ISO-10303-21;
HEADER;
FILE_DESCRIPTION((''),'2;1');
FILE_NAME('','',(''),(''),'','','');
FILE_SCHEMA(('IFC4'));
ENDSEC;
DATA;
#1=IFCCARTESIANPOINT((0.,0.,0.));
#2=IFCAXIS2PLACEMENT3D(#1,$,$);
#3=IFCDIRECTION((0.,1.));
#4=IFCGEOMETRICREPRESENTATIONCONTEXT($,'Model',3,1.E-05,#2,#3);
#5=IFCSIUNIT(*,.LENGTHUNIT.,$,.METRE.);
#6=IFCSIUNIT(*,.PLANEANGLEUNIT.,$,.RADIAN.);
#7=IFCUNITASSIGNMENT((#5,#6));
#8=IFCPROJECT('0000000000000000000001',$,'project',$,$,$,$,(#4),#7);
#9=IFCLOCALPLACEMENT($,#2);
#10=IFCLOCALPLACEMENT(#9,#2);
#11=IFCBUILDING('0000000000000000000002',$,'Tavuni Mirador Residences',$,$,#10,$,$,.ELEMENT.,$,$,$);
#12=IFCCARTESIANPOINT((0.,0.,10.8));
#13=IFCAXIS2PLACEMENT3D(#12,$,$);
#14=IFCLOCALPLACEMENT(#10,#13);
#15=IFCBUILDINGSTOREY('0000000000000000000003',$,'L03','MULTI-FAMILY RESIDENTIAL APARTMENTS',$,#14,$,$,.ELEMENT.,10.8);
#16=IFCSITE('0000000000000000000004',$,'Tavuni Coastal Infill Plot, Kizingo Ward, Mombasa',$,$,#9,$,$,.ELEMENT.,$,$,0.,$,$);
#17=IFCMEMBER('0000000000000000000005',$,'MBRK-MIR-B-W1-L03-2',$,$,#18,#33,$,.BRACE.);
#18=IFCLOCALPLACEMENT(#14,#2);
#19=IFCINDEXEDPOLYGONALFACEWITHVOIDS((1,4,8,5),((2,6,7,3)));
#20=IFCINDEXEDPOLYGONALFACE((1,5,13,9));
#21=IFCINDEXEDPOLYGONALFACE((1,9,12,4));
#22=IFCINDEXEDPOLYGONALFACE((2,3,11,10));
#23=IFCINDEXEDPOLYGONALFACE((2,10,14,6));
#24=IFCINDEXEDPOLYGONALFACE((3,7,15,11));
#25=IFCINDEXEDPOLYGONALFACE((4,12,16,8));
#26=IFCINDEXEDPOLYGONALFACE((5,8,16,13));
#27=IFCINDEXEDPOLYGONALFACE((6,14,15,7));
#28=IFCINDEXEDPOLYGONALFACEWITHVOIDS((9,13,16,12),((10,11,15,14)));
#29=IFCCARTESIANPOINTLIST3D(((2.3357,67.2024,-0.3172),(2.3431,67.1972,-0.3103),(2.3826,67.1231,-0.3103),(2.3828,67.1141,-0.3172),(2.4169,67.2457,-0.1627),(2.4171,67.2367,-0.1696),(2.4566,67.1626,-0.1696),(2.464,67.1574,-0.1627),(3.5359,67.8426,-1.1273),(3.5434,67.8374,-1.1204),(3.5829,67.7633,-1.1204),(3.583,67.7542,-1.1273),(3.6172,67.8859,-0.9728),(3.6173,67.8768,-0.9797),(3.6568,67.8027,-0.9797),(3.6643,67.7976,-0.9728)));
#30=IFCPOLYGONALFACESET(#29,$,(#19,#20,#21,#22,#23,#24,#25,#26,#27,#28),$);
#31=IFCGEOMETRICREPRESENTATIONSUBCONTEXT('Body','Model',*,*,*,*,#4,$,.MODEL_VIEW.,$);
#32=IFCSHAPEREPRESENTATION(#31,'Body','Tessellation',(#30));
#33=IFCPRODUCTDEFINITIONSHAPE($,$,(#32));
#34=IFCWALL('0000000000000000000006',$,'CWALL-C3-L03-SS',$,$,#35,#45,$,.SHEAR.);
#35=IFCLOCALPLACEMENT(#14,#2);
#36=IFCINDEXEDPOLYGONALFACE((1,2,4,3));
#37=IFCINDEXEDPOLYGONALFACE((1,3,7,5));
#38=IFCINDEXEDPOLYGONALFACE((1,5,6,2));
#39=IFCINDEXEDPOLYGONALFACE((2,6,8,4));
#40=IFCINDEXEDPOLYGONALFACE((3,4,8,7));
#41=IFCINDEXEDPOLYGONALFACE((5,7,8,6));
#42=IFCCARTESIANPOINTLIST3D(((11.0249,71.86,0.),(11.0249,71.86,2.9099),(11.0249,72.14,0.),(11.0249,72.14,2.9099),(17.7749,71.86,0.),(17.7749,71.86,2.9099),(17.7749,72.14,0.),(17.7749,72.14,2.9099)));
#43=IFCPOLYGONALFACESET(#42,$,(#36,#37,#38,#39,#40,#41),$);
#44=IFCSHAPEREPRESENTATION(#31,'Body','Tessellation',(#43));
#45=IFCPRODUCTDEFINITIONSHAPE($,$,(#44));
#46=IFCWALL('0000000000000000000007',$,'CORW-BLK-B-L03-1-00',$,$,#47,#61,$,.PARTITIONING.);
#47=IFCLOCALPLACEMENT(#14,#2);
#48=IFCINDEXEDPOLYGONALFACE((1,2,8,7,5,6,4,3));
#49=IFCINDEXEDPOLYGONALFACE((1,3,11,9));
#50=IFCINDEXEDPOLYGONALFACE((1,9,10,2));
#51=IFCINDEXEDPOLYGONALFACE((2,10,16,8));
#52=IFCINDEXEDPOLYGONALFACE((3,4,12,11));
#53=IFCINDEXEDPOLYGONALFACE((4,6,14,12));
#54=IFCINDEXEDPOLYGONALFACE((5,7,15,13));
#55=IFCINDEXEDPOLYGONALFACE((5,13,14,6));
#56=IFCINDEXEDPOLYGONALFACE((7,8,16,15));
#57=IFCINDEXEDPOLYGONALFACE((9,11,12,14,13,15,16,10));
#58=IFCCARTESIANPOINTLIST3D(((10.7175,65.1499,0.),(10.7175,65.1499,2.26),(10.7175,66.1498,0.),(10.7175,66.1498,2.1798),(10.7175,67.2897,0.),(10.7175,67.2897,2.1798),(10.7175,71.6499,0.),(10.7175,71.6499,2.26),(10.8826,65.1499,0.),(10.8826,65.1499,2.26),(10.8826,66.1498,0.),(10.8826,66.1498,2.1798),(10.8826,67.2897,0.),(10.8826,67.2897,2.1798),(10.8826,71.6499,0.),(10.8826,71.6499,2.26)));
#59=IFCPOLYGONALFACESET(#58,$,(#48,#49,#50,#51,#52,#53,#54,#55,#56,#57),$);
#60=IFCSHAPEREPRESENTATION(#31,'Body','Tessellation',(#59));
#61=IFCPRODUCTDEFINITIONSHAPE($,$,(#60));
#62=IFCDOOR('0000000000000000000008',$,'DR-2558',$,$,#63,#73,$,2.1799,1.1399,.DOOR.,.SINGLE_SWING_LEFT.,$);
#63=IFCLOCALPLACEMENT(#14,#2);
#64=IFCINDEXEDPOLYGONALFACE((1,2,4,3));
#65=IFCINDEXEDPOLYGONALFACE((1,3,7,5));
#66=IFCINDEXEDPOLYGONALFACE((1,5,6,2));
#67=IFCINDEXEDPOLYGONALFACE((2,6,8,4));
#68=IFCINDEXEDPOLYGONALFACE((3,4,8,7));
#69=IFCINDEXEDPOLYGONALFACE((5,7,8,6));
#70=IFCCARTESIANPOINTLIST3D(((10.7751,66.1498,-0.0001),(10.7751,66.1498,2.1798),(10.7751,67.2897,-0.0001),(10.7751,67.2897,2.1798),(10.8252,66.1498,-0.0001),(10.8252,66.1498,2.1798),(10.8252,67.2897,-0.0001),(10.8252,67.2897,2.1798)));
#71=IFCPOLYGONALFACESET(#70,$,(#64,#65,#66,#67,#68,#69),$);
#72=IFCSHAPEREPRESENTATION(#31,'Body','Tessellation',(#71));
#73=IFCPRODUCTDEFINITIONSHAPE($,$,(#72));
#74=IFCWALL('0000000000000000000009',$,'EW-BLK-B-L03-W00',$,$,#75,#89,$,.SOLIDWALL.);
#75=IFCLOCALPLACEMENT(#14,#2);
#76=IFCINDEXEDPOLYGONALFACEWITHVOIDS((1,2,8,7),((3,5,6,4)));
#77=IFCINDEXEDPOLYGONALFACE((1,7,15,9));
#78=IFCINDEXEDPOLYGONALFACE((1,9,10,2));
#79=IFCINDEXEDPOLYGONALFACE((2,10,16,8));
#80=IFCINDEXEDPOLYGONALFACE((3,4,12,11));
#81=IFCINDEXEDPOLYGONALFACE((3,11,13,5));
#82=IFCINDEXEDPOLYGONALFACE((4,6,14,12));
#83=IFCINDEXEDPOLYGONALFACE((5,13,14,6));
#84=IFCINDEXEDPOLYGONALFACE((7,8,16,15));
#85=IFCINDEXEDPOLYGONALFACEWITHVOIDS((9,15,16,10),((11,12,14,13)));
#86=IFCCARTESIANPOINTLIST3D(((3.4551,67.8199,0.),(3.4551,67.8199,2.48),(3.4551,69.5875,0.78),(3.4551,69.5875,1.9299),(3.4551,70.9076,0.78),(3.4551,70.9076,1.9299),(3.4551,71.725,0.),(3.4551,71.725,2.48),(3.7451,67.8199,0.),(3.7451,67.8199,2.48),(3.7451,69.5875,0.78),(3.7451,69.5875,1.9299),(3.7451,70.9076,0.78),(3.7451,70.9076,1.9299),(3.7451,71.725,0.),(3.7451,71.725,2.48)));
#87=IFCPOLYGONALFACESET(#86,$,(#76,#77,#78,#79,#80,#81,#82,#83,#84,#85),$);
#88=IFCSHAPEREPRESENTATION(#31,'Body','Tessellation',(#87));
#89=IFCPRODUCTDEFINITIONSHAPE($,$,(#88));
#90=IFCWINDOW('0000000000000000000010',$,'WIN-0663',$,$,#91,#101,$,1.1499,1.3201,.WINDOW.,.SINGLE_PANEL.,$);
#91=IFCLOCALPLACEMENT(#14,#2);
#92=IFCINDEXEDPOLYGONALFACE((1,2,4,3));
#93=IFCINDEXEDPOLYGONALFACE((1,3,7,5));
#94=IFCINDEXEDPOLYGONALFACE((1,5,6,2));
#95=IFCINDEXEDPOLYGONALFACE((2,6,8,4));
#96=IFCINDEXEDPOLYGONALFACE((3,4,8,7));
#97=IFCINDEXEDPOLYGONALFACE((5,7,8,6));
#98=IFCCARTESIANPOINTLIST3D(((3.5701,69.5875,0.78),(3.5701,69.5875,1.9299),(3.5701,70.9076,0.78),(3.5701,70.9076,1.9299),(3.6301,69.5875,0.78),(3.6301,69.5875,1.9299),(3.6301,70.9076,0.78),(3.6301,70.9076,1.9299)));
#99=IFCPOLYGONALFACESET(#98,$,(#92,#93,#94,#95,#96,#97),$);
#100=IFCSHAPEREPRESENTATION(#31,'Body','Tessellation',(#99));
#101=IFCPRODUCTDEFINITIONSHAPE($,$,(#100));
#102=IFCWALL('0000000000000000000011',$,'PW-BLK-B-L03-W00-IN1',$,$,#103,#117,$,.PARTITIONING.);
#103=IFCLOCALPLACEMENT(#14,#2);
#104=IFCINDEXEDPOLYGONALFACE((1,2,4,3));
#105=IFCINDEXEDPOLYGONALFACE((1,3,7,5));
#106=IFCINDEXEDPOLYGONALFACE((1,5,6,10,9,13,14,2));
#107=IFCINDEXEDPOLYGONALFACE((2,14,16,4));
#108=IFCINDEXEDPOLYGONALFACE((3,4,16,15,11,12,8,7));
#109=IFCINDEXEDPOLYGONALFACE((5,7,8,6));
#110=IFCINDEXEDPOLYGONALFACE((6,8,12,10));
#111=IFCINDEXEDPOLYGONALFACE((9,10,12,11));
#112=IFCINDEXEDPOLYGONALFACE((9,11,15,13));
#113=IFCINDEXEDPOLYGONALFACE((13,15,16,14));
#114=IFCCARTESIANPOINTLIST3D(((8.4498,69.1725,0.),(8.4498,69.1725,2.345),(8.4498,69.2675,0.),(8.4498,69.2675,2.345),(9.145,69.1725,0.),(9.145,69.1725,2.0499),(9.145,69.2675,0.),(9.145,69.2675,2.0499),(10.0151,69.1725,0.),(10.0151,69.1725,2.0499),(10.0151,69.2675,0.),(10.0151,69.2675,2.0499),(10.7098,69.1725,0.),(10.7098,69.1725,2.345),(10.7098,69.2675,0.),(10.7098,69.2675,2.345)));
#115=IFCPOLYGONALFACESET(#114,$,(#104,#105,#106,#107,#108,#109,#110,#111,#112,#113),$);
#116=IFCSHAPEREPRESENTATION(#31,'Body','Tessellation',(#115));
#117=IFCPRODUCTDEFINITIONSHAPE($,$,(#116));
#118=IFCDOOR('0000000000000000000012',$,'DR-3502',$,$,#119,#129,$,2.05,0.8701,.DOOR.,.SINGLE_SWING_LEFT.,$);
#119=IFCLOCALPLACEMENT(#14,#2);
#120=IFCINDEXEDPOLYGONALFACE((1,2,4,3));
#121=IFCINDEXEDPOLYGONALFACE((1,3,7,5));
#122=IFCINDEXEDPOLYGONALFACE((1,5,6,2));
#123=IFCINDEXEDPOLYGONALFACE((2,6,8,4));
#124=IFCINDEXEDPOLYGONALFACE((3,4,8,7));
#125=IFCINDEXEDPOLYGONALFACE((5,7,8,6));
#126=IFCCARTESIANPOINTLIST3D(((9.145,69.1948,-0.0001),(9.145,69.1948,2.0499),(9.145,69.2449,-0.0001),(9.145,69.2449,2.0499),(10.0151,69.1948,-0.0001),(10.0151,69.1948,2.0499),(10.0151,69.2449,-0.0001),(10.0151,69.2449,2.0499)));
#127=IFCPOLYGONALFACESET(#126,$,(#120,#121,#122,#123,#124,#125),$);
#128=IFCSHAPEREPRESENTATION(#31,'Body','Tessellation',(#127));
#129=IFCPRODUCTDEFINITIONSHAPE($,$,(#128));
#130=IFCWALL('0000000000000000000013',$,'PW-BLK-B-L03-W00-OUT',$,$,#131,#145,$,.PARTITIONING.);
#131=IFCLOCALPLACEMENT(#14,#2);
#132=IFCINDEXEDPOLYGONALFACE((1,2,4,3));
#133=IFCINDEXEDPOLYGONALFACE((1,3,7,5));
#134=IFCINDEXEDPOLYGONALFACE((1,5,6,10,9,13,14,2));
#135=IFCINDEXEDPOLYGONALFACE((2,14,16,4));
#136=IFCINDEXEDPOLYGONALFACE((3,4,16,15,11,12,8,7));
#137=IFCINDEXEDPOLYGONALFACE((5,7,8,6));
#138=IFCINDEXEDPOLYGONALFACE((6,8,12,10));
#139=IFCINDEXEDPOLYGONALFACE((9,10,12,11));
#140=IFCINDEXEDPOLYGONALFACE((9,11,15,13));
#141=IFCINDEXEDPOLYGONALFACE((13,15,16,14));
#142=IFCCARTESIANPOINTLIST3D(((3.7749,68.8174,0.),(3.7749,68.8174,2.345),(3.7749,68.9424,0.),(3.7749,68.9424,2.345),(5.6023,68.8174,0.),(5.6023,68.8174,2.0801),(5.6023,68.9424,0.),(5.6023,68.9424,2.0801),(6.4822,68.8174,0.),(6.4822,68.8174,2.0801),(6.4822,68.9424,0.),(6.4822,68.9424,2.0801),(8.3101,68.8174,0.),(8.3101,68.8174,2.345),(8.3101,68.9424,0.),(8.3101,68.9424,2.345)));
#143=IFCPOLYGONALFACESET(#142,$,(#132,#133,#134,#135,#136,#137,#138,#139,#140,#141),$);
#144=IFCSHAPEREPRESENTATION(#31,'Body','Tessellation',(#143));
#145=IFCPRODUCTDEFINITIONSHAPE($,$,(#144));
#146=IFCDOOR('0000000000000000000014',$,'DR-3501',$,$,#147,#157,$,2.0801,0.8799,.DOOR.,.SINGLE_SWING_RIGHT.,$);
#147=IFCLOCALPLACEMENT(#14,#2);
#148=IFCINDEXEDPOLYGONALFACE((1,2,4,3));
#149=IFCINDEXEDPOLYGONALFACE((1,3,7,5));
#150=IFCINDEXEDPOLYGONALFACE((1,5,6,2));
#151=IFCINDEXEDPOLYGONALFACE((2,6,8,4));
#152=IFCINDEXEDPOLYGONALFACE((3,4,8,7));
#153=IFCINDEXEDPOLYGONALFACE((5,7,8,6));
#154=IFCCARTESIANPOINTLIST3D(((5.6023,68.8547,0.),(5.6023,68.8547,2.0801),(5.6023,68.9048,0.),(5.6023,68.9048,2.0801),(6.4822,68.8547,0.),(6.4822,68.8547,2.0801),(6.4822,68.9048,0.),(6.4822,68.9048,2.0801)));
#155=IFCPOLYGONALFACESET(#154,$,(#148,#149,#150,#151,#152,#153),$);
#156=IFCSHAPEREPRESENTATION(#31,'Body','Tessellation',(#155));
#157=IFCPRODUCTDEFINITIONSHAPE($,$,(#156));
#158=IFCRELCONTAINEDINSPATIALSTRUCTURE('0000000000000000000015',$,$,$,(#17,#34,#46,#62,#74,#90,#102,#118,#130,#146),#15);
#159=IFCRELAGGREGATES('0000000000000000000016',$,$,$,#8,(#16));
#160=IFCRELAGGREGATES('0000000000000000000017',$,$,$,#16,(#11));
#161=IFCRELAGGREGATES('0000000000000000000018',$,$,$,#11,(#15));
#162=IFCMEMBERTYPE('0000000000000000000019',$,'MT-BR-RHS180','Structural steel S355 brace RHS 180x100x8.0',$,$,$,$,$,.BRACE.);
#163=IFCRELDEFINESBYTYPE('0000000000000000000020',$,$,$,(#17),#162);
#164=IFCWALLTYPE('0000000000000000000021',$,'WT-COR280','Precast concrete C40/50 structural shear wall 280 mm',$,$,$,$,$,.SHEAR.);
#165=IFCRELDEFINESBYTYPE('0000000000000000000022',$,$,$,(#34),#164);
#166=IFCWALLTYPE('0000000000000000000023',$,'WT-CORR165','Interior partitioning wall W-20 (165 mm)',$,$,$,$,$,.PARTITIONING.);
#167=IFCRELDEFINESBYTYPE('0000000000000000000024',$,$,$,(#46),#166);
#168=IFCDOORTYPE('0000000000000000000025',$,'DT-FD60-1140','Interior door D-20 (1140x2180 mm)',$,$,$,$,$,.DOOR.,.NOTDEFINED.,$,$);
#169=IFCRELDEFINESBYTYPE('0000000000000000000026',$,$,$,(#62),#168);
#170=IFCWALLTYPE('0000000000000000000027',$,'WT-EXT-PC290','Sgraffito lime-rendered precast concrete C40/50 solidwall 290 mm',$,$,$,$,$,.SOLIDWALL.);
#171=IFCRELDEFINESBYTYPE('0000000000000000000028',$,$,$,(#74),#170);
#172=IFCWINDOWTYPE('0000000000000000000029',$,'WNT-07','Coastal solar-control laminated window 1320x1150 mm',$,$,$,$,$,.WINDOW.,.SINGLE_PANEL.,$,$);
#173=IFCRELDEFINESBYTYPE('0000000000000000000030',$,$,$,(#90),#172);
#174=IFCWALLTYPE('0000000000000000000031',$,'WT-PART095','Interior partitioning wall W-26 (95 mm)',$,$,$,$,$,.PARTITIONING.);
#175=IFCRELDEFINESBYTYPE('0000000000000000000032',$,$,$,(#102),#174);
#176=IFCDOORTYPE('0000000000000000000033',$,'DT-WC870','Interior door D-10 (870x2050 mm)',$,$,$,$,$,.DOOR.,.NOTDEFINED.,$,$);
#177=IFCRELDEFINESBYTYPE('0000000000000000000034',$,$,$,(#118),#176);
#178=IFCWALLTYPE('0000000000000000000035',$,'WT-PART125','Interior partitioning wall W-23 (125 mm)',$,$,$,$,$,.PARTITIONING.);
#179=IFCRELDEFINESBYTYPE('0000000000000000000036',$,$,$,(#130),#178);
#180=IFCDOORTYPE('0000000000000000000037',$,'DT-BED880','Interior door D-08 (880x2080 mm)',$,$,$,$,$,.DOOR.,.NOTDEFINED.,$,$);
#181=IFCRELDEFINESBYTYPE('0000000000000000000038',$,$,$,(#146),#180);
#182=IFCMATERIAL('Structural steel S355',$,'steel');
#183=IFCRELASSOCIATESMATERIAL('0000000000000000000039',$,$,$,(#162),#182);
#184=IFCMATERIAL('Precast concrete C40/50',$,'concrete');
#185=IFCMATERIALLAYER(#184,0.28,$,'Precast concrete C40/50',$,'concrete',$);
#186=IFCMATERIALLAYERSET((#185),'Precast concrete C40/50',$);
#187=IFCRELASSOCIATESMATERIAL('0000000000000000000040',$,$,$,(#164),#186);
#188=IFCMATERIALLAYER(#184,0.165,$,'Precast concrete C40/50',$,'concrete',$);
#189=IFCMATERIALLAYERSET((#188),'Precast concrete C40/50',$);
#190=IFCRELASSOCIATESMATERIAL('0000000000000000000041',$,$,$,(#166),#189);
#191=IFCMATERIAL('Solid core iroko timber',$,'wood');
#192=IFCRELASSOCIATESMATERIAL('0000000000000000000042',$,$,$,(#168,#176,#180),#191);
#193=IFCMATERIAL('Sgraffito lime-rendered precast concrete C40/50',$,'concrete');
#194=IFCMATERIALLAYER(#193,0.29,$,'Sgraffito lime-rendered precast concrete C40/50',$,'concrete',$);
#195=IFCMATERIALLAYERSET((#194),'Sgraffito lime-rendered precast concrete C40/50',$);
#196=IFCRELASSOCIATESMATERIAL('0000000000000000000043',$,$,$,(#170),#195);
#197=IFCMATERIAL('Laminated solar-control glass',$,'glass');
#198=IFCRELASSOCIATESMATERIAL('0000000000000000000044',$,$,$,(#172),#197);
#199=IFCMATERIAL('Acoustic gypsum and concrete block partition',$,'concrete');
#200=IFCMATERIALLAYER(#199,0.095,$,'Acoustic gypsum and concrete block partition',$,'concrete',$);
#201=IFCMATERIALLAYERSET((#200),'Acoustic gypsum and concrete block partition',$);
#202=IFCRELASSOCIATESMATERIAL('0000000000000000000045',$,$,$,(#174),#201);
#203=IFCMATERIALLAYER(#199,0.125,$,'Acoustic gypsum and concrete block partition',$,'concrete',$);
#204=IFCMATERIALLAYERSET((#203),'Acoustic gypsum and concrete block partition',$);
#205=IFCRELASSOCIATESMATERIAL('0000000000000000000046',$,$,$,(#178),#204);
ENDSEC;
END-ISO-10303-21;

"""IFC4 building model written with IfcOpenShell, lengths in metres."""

from ifc_helpers import new_model, si_unit, direction, frame, frame_2d, origin, origin_2d, place, context, subcontext, project, spatial, rectangle, hollow_rectangle, extrude, material, layer, layer_set, material_profile, profile_set, type_object, element, fill, save


model = new_model("IFC4")

# Units and contexts
model_context = context("Model", 3, precision=1e-05, world=origin(), true_north=direction((0.0, 1.0)))
body_context = subcontext(model_context, "Body", "Model", "MODEL_VIEW")
ifc_project = project(units=[si_unit("LENGTHUNIT", "METRE"), si_unit("PLANEANGLEUNIT", "RADIAN")], contexts=[model_context])

# Site, building, storey
site_placement = place(None, origin())
site = spatial("IfcSite", under=ifc_project, at=site_placement, Name="Tavuni Coastal Infill Plot, Kizingo Ward, Mombasa", CompositionType="ELEMENT", RefElevation=0.0)
building_placement = place(site_placement, origin())
building = spatial("IfcBuilding", under=site, at=building_placement, Name="Tavuni Mirador Residences", CompositionType="ELEMENT")
storey_placement = place(building_placement, frame((0.0, 0.0, 10.8)))
storey = spatial("IfcBuildingStorey", under=building, at=storey_placement, Name="L03", Description="MULTI-FAMILY RESIDENTIAL APARTMENTS", CompositionType="ELEMENT", Elevation=10.8)

# Shared definitions
ifc_material_1 = material(Name="Precast concrete C40/50", Category="concrete")

# Member
ifc_material_2 = material(Name="Structural steel S355", Category="steel")
ifc_material_profile_1 = material_profile(ifc_material_2, hollow_rectangle(XDim=0.1001, YDim=0.1799, WallThickness=0.0081, at=origin_2d()), Name="RHS 180x100x8.0", Category="steel")
ifc_profile_set_1 = profile_set([ifc_material_profile_1], Name="Structural steel S355")
member_type_1 = type_object("IfcMemberType", Name="MT-BR-RHS180", Description="Structural steel S355 brace RHS 180x100x8.0", PredefinedType="BRACE", material=ifc_profile_set_1)
member_1_placement = place(storey_placement, frame((3.6001, 67.8201, -1.05), z_axis=(-0.758095, -0.404338, 0.511668), x_axis=(0.470607, -0.882343, 0.0)))
element("IfcMember", 1, at=member_1_placement, inside=storey, type_object=member_type_1, Name="MBRK-MIR-B-W1-L03-2", PredefinedType="BRACE", context=body_context, shape_type="SweptSolid", body=[
    extrude(hollow_rectangle(XDim=0.1001, YDim=0.1799, WallThickness=0.0081, at=origin_2d()), origin(), (0.0, 0.0, 1.0), 1.5833),
])

# Wall
ifc_layer_1 = layer(ifc_material_1, 0.28, Name="Precast concrete C40/50", Category="concrete")
ifc_layer_set_1 = layer_set([ifc_layer_1], Name="Precast concrete C40/50")
wall_type_1 = type_object("IfcWallType", Name="WT-COR280", Description="Precast concrete C40/50 structural shear wall 280 mm", PredefinedType="SHEAR", material=ifc_layer_set_1)
wall_1_placement = place(storey_placement, frame((11.0249, 72.0, 0.0), z_axis=(0.0, 0.0, 1.0), x_axis=(1.0, 0.0, 0.0)))
element("IfcWall", 2, at=wall_1_placement, inside=storey, type_object=wall_type_1, Name="CWALL-C3-L03-SS", PredefinedType="SHEAR", context=body_context, shape_type="SweptSolid", body=[
    extrude(rectangle(XDim=6.75, YDim=0.28, at=frame_2d((3.375, 0.0))), origin(), (0.0, 0.0, 1.0), 2.9099),
])

# Wall, opening, door
ifc_layer_2 = layer(ifc_material_1, 0.165, Name="Precast concrete C40/50", Category="concrete")
ifc_layer_set_2 = layer_set([ifc_layer_2], Name="Precast concrete C40/50")
wall_type_2 = type_object("IfcWallType", Name="WT-CORR165", Description="Interior partitioning wall W-20 (165 mm)", PredefinedType="PARTITIONING", material=ifc_layer_set_2)
wall_2_placement = place(storey_placement, frame((10.8, 65.1499, 0.0), z_axis=(0.0, 0.0, 1.0), x_axis=(0.0, 1.0, 0.0)))
wall_2 = element("IfcWall", 3, at=wall_2_placement, inside=storey, type_object=wall_type_2, Name="CORW-BLK-B-L03-1-00", PredefinedType="PARTITIONING", context=body_context, shape_type="SweptSolid", body=[
    extrude(rectangle(XDim=6.5, YDim=0.165, at=frame_2d((3.25, 0.0))), origin(), (0.0, 0.0, 1.0), 2.26),
])
opening_1_placement = place(wall_2_placement, frame((1.0, 0.0, 0.0)))
opening_1 = element("IfcOpeningElement", 4, at=opening_1_placement, cuts=wall_2, PredefinedType="OPENING", context=body_context, shape_type="SweptSolid", body=[
    extrude(rectangle(XDim=1.1399, YDim=2.1799, at=frame_2d((0.5698, 1.0898))), frame((0.0, 0.0925, 0.0), z_axis=(0.0, -1.0, 0.0), x_axis=(1.0, 0.0, 0.0)), (0.0, 0.0, 1.0), 0.1851),
])
ifc_material_3 = material(Name="Solid core iroko timber", Category="wood")
door_type_1 = type_object("IfcDoorType", Name="DT-FD60-1140", Description="Interior door D-20 (1140x2180 mm)", OperationType="NOTDEFINED", PredefinedType="DOOR", material=ifc_material_3)
door_1_placement = place(opening_1_placement, origin())
door_1 = element("IfcDoor", 5, at=door_1_placement, inside=storey, type_object=door_type_1, Name="DR-2558", OperationType="SINGLE_SWING_LEFT", OverallHeight=2.1799, OverallWidth=1.1399, PredefinedType="DOOR", context=body_context, shape_type="SweptSolid", body=[
    extrude(rectangle(XDim=1.1399, YDim=2.1799, at=frame_2d((0.5698, 1.0898))), frame((0.0, 0.0249, 0.0), z_axis=(0.0, -1.0, 0.0), x_axis=(1.0, 0.0, 0.0)), (0.0, 0.0, 1.0), 0.05),
])
fill(opening_1, door_1)

# Wall, opening, window
ifc_material_4 = material(Name="Sgraffito lime-rendered precast concrete C40/50", Category="concrete")
ifc_layer_3 = layer(ifc_material_4, 0.29, Name="Sgraffito lime-rendered precast concrete C40/50", Category="concrete")
ifc_layer_set_3 = layer_set([ifc_layer_3], Name="Sgraffito lime-rendered precast concrete C40/50")
wall_type_3 = type_object("IfcWallType", Name="WT-EXT-PC290", Description="Sgraffito lime-rendered precast concrete C40/50 solidwall 290 mm", PredefinedType="SOLIDWALL", material=ifc_layer_set_3)
wall_3_placement = place(storey_placement, frame((3.6001, 71.7251, 0.0), z_axis=(0.0, 0.0, 1.0), x_axis=(0.0, -1.0, 0.0)))
wall_3 = element("IfcWall", 6, at=wall_3_placement, inside=storey, type_object=wall_type_3, Name="EW-BLK-B-L03-W00", PredefinedType="SOLIDWALL", context=body_context, shape_type="SweptSolid", body=[
    extrude(rectangle(XDim=3.905, YDim=0.29, at=frame_2d((1.9526, 0.0))), origin(), (0.0, 0.0, 1.0), 2.48),
])
opening_2_placement = place(wall_3_placement, frame((0.8174, 0.0, 0.78)))
opening_2 = element("IfcOpeningElement", 7, at=opening_2_placement, cuts=wall_3, PredefinedType="OPENING", context=body_context, shape_type="SweptSolid", body=[
    extrude(rectangle(XDim=1.3201, YDim=1.1499, at=frame_2d((0.6602, 0.575))), frame((0.0, 0.155, 0.0), z_axis=(0.0, -1.0, 0.0), x_axis=(1.0, 0.0, 0.0)), (0.0, 0.0, 1.0), 0.3101),
])
ifc_material_5 = material(Name="Laminated solar-control glass", Category="glass")
window_type = type_object("IfcWindowType", Name="WNT-07", Description="Coastal solar-control laminated window 1320x1150 mm", PartitioningType="SINGLE_PANEL", PredefinedType="WINDOW", material=ifc_material_5)
window_placement = place(opening_2_placement, origin())
window = element("IfcWindow", 8, at=window_placement, inside=storey, type_object=window_type, Name="WIN-0663", OverallHeight=1.1499, OverallWidth=1.3201, PartitioningType="SINGLE_PANEL", PredefinedType="WINDOW", context=body_context, shape_type="SweptSolid", body=[
    extrude(rectangle(XDim=1.3201, YDim=1.1499, at=frame_2d((0.6602, 0.575))), frame((0.0, 0.03, 0.0), z_axis=(0.0, -1.0, 0.0), x_axis=(1.0, 0.0, 0.0)), (0.0, 0.0, 1.0), 0.0601),
])
fill(opening_2, window)

# Walls, openings, doors
ifc_material_6 = material(Name="Acoustic gypsum and concrete block partition", Category="concrete")
ifc_layer_4 = layer(ifc_material_6, 0.095, Name="Acoustic gypsum and concrete block partition", Category="concrete")
ifc_layer_set_4 = layer_set([ifc_layer_4], Name="Acoustic gypsum and concrete block partition")
wall_type_4 = type_object("IfcWallType", Name="WT-PART095", Description="Interior partitioning wall W-26 (95 mm)", PredefinedType="PARTITIONING", material=ifc_layer_set_4)
wall_4_placement = place(storey_placement, frame((8.45, 69.22, 0.0), z_axis=(0.0, 0.0, 1.0), x_axis=(1.0, 0.0, 0.0)))
wall_4 = element("IfcWall", 9, at=wall_4_placement, inside=storey, type_object=wall_type_4, Name="PW-BLK-B-L03-W00-IN1", PredefinedType="PARTITIONING", context=body_context, shape_type="SweptSolid", body=[
    extrude(rectangle(XDim=2.26, YDim=0.095, at=frame_2d((1.1299, 0.0))), origin(), (0.0, 0.0, 1.0), 2.345),
])
opening_3_placement = place(wall_4_placement, frame((0.6951, 0.0, 0.0)))
opening_3 = element("IfcOpeningElement", 10, at=opening_3_placement, cuts=wall_4, PredefinedType="OPENING", context=body_context, shape_type="SweptSolid", body=[
    extrude(rectangle(XDim=0.8701, YDim=2.05, at=frame_2d((0.4351, 1.0249))), frame((0.0, 0.0576, 0.0), z_axis=(0.0, -1.0, 0.0), x_axis=(1.0, 0.0, 0.0)), (0.0, 0.0, 1.0), 0.115),
])
door_type_2 = type_object("IfcDoorType", Name="DT-WC870", Description="Interior door D-10 (870x2050 mm)", OperationType="NOTDEFINED", PredefinedType="DOOR", material=ifc_material_3)
door_2_placement = place(opening_3_placement, origin())
door_2 = element("IfcDoor", 11, at=door_2_placement, inside=storey, type_object=door_type_2, Name="DR-3502", OperationType="SINGLE_SWING_LEFT", OverallHeight=2.05, OverallWidth=0.8701, PredefinedType="DOOR", context=body_context, shape_type="SweptSolid", body=[
    extrude(rectangle(XDim=0.8701, YDim=2.05, at=frame_2d((0.4351, 1.0249))), frame((0.0, 0.0249, 0.0), z_axis=(0.0, -1.0, 0.0), x_axis=(1.0, 0.0, 0.0)), (0.0, 0.0, 1.0), 0.05),
])
fill(opening_3, door_2)
ifc_layer_5 = layer(ifc_material_6, 0.125, Name="Acoustic gypsum and concrete block partition", Category="concrete")
ifc_layer_set_5 = layer_set([ifc_layer_5], Name="Acoustic gypsum and concrete block partition")
wall_type_5 = type_object("IfcWallType", Name="WT-PART125", Description="Interior partitioning wall W-23 (125 mm)", PredefinedType="PARTITIONING", material=ifc_layer_set_5)
wall_5_placement = place(storey_placement, frame((3.7749, 68.8799, 0.0), z_axis=(0.0, 0.0, 1.0), x_axis=(1.0, 0.0, 0.0)))
wall_5 = element("IfcWall", 12, at=wall_5_placement, inside=storey, type_object=wall_type_5, Name="PW-BLK-B-L03-W00-OUT", PredefinedType="PARTITIONING", context=body_context, shape_type="SweptSolid", body=[
    extrude(rectangle(XDim=4.5352, YDim=0.125, at=frame_2d((2.2676, 0.0))), origin(), (0.0, 0.0, 1.0), 2.345),
])
opening_4_placement = place(wall_5_placement, frame((1.8274, 0.0, 0.0)))
opening_4 = element("IfcOpeningElement", 13, at=opening_4_placement, cuts=wall_5, PredefinedType="OPENING", context=body_context, shape_type="SweptSolid", body=[
    extrude(rectangle(XDim=0.8799, YDim=2.0801, at=frame_2d((0.4399, 1.04))), frame((0.0, 0.0725, 0.0), z_axis=(0.0, -1.0, 0.0), x_axis=(1.0, 0.0, 0.0)), (0.0, 0.0, 1.0), 0.145),
])
door_type_3 = type_object("IfcDoorType", Name="DT-BED880", Description="Interior door D-08 (880x2080 mm)", OperationType="NOTDEFINED", PredefinedType="DOOR", material=ifc_material_3)
door_3_placement = place(opening_4_placement, origin())
door_3 = element("IfcDoor", 14, at=door_3_placement, inside=storey, type_object=door_type_3, Name="DR-3501", OperationType="SINGLE_SWING_RIGHT", OverallHeight=2.0801, OverallWidth=0.8799, PredefinedType="DOOR", context=body_context, shape_type="SweptSolid", body=[
    extrude(rectangle(XDim=0.8799, YDim=2.0801, at=frame_2d((0.4399, 1.04))), frame((0.0, 0.0249, 0.0), z_axis=(0.0, -1.0, 0.0), x_axis=(1.0, 0.0, 0.0)), (0.0, 0.0, 1.0), 0.05),
])
fill(opening_4, door_3)

save(model, "model.ifc")
